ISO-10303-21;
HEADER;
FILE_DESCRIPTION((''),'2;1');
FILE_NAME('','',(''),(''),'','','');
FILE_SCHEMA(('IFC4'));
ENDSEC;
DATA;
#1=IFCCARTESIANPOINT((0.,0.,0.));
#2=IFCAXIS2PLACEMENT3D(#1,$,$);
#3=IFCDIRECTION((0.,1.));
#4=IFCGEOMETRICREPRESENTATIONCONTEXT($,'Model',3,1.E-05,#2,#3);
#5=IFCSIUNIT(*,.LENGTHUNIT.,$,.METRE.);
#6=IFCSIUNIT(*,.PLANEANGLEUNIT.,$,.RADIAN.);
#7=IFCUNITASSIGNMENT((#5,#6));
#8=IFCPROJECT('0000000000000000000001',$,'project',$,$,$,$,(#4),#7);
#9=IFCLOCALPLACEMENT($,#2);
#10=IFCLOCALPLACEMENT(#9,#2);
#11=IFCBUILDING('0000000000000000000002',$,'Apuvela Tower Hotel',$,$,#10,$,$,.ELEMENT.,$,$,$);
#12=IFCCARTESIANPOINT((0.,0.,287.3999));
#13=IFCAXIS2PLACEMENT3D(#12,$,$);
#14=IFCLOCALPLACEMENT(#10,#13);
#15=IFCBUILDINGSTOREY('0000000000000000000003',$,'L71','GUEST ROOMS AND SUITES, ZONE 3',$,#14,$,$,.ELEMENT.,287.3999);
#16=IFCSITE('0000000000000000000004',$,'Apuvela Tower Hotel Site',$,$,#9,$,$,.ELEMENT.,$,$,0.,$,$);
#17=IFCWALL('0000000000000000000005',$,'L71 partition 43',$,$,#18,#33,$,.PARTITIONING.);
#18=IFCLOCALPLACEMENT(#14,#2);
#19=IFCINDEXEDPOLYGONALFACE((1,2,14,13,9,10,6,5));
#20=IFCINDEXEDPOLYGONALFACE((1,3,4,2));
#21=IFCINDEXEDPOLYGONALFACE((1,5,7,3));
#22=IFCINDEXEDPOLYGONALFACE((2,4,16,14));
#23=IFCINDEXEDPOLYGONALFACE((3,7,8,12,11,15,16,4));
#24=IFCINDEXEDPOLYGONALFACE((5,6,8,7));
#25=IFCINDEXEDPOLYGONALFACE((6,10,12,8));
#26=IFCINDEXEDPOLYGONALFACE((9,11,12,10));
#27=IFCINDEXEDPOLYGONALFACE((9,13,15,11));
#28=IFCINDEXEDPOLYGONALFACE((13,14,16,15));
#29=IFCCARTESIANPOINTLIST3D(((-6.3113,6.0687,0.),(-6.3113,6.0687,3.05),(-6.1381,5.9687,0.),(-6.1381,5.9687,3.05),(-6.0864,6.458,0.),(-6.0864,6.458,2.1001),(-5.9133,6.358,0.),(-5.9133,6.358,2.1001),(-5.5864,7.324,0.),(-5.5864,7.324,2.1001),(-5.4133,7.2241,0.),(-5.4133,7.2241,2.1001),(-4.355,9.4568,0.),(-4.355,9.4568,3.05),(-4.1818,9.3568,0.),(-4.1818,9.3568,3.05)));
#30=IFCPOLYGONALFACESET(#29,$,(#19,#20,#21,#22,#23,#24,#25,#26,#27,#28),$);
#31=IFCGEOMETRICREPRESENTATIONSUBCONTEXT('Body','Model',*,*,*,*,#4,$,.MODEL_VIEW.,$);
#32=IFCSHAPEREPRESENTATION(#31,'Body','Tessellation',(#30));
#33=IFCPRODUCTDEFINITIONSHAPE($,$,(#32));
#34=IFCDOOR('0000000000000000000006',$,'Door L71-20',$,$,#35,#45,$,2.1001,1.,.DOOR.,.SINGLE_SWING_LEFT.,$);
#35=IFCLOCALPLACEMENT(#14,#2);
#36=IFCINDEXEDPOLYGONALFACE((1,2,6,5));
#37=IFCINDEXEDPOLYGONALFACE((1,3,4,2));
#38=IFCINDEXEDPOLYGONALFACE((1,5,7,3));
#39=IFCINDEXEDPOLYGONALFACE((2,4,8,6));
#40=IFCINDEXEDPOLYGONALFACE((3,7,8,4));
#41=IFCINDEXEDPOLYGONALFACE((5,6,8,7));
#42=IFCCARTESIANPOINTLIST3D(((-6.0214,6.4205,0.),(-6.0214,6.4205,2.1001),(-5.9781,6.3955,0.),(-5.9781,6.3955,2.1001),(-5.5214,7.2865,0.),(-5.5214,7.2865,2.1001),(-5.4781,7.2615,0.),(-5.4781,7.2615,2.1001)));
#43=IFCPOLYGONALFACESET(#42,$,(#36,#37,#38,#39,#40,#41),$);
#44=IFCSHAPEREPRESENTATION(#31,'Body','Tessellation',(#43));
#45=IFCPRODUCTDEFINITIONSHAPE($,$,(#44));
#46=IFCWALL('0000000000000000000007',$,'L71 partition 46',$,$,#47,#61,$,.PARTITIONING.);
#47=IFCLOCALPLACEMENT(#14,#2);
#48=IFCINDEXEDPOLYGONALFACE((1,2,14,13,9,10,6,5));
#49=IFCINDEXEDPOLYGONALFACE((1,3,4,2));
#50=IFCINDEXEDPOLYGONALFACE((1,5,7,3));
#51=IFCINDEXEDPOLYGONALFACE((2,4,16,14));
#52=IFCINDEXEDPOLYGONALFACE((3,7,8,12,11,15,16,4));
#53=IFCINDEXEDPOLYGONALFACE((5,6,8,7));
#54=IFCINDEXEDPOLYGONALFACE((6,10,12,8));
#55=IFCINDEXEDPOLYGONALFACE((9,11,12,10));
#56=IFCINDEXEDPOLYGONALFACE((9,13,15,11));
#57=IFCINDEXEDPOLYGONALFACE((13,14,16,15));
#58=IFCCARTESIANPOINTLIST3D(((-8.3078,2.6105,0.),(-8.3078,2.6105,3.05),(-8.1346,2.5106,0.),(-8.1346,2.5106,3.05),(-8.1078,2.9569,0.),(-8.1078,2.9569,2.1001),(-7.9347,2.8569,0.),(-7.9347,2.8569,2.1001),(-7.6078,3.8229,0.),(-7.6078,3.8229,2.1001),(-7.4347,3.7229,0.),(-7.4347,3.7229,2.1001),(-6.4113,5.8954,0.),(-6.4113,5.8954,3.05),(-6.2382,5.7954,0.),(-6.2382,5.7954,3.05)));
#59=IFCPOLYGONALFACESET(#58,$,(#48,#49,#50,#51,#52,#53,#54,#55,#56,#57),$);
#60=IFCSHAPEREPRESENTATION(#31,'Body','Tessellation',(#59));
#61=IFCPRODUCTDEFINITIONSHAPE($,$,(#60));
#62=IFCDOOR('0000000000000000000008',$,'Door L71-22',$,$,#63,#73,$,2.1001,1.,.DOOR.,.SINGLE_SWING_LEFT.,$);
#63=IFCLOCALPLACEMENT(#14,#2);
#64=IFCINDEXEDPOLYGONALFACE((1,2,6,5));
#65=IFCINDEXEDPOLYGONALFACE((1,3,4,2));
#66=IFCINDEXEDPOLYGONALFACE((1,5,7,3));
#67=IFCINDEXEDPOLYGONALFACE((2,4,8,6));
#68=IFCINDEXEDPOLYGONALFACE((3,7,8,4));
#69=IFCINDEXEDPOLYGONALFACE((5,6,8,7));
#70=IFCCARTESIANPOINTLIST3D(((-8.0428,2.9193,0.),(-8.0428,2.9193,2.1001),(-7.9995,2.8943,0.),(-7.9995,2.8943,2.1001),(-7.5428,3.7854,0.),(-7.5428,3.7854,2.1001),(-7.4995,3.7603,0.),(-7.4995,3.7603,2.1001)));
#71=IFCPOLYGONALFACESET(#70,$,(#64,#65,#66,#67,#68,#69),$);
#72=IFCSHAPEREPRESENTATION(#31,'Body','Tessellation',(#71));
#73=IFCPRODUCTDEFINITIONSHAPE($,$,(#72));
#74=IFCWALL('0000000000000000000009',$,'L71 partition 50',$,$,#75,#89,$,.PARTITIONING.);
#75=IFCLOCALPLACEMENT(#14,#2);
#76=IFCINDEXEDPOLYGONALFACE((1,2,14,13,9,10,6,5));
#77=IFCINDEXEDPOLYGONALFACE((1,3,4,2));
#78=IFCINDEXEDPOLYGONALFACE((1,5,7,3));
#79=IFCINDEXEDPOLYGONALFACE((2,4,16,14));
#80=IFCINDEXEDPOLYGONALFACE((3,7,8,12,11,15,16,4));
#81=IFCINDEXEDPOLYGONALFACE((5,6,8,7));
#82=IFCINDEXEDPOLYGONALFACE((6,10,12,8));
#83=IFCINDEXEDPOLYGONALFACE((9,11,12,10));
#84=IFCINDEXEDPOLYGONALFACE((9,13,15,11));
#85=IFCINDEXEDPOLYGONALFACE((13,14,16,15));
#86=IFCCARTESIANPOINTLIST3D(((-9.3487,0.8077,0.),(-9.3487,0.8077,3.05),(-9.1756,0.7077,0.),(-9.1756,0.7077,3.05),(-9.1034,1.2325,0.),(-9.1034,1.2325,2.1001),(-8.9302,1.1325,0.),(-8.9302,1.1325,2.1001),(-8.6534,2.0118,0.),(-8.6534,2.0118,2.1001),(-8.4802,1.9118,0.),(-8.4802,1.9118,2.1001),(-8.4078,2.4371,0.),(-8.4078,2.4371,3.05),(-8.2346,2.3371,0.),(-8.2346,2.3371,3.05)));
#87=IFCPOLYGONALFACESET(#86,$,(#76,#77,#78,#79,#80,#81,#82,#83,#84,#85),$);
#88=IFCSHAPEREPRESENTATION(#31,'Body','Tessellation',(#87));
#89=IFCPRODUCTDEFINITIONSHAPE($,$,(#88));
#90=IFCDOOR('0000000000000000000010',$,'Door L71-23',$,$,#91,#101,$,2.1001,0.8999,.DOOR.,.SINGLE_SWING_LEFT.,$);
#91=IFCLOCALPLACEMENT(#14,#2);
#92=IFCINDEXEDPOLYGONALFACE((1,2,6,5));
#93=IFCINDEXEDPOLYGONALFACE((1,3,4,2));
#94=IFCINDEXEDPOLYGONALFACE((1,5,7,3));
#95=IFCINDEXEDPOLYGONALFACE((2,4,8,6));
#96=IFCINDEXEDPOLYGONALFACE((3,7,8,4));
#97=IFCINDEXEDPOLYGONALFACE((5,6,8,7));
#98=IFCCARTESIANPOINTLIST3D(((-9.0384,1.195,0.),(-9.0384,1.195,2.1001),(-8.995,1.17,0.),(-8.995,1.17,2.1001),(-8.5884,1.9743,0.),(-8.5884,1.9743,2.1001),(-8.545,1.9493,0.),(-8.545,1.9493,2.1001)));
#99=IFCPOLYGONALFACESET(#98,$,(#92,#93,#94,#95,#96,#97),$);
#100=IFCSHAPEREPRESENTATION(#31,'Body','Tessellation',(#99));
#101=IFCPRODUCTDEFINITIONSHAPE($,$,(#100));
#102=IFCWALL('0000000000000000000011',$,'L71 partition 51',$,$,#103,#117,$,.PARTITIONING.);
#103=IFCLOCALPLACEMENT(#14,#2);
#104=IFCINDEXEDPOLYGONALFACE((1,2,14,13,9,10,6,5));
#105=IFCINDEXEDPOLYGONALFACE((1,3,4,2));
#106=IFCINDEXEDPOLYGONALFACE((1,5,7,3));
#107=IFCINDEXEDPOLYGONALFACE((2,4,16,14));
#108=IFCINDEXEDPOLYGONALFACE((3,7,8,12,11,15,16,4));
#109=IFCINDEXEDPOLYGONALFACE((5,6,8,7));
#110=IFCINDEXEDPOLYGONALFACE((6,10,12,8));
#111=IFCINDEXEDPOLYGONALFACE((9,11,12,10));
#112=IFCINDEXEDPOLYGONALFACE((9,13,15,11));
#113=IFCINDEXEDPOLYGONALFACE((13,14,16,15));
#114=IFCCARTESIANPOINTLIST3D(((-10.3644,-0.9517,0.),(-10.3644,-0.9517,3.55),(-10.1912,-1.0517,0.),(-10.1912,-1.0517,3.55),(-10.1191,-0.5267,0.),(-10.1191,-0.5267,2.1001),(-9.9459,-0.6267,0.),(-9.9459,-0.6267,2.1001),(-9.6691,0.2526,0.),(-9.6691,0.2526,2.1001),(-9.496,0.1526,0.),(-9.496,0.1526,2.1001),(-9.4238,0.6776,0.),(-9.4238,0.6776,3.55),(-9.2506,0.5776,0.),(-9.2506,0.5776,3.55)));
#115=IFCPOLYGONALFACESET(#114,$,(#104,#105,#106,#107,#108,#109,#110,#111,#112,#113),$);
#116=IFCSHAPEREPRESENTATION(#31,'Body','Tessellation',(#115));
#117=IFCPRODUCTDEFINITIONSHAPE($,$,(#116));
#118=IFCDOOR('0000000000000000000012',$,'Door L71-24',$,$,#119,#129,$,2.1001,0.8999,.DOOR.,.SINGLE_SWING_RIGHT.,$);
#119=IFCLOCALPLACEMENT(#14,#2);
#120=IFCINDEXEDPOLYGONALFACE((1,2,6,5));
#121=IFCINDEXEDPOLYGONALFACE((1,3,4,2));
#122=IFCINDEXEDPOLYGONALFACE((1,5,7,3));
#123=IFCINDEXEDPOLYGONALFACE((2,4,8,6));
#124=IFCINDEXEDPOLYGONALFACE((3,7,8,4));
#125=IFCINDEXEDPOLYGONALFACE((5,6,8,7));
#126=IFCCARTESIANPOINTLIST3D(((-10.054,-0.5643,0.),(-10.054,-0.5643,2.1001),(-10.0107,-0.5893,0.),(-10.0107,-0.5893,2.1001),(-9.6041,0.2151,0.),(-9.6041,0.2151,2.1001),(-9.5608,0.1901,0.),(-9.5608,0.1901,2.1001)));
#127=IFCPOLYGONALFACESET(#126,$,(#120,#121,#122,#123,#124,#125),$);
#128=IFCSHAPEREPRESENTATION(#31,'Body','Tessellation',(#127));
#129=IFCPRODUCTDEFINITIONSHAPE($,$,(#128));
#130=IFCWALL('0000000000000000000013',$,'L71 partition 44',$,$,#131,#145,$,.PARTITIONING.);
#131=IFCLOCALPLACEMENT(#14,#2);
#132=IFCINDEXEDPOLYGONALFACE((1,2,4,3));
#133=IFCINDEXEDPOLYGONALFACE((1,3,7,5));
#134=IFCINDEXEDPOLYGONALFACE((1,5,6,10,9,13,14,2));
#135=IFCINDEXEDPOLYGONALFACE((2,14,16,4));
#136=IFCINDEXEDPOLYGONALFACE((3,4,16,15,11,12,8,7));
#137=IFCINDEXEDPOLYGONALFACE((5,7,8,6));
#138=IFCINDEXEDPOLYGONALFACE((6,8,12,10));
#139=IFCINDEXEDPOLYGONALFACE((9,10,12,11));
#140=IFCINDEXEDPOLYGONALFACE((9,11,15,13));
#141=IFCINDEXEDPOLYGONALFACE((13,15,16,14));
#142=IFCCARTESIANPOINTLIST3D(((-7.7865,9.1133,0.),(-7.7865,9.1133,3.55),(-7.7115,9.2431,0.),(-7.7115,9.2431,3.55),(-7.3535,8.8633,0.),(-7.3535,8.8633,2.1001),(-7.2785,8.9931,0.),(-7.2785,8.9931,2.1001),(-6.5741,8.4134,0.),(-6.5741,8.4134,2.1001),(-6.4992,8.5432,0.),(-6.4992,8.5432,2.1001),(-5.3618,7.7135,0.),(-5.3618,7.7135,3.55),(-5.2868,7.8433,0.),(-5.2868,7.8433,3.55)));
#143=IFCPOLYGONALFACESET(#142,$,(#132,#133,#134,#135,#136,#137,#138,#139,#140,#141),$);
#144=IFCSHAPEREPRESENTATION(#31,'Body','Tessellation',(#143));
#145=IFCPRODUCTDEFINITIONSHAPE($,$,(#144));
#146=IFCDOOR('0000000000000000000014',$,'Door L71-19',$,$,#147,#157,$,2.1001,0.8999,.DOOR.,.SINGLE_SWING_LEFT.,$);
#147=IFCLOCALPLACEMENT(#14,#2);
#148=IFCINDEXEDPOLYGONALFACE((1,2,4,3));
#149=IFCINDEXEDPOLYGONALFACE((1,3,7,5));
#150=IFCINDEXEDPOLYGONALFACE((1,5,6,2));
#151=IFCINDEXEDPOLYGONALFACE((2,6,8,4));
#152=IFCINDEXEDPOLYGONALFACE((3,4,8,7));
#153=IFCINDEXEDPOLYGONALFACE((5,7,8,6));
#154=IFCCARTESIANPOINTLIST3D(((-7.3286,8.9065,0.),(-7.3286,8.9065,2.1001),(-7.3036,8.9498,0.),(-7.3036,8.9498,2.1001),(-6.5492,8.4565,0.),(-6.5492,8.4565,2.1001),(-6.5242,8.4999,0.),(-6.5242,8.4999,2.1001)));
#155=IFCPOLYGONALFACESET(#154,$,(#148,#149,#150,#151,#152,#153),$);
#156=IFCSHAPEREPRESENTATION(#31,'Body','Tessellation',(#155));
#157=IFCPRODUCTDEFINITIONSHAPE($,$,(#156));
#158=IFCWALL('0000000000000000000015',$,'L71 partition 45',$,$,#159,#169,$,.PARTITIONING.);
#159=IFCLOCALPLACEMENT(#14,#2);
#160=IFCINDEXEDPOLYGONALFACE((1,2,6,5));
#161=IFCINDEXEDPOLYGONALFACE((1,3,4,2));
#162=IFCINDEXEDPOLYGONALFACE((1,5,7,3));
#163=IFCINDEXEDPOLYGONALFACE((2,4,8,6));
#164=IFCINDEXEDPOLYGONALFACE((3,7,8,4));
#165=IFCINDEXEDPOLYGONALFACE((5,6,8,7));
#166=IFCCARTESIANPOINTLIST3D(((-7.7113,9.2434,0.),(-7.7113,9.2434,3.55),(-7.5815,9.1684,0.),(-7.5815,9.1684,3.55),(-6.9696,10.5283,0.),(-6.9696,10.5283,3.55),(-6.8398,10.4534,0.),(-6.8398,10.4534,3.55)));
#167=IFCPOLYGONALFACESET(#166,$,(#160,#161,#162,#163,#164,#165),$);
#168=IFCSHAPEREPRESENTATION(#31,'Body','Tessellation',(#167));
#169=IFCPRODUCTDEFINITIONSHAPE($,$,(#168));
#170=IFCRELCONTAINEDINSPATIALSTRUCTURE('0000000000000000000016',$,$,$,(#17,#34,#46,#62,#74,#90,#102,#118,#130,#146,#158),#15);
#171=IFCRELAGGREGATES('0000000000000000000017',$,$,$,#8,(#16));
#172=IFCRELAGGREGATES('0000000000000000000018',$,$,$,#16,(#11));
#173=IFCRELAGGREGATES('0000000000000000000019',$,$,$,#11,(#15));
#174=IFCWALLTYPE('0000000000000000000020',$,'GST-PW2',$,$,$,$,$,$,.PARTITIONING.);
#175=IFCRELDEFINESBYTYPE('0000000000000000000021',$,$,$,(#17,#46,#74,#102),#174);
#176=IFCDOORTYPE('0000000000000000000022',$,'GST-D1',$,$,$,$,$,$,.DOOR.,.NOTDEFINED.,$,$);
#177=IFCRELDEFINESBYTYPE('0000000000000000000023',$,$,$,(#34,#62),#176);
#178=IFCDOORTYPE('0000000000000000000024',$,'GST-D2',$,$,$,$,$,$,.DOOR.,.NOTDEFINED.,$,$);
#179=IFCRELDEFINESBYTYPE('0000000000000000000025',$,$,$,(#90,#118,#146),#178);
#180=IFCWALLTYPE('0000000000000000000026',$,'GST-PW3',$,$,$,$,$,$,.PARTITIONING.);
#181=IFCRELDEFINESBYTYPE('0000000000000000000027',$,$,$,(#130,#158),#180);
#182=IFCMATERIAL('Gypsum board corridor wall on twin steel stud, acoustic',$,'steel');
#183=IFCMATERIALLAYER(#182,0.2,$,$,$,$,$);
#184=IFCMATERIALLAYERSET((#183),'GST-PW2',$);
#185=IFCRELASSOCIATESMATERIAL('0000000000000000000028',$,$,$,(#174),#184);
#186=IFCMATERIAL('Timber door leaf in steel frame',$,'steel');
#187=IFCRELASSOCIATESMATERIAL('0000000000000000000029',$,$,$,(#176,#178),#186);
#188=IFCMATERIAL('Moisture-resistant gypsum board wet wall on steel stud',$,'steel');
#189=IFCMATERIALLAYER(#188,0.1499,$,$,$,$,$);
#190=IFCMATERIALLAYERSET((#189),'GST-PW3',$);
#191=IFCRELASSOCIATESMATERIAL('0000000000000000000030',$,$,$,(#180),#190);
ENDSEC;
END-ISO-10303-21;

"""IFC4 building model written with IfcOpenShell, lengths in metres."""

from ifc_helpers import new_model, si_unit, direction, frame, frame_2d, origin, place, context, subcontext, project, spatial, rectangle, extrude, material, layer, layer_set, type_object, element, fill, save


model = new_model("IFC4")

# Units and contexts
model_context = context("Model", 3, precision=1e-05, world=origin(), true_north=direction((0.0, 1.0)))
body_context = subcontext(model_context, "Body", "Model", "MODEL_VIEW")
ifc_project = project(units=[si_unit("LENGTHUNIT", "METRE"), si_unit("PLANEANGLEUNIT", "RADIAN")], contexts=[model_context])

# Site, building, storey
site_placement = place(None, origin())
site = spatial("IfcSite", under=ifc_project, at=site_placement, Name="Apuvela Tower Hotel Site", CompositionType="ELEMENT", RefElevation=0.0)
building_placement = place(site_placement, origin())
building = spatial("IfcBuilding", under=site, at=building_placement, Name="Apuvela Tower Hotel", CompositionType="ELEMENT")
storey_placement = place(building_placement, frame((0.0, 0.0, 287.3999)))
storey = spatial("IfcBuildingStorey", under=building, at=storey_placement, Name="L71", Description="GUEST ROOMS AND SUITES, ZONE 3", CompositionType="ELEMENT", Elevation=287.3999)

# Walls, openings, doors
ifc_material_1 = material(Name="Gypsum board corridor wall on twin steel stud, acoustic", Category="steel")
ifc_layer_1 = layer(ifc_material_1, 0.2)
ifc_layer_set_1 = layer_set([ifc_layer_1], Name="GST-PW2")
wall_type_1 = type_object("IfcWallType", Name="GST-PW2", PredefinedType="PARTITIONING", material=ifc_layer_set_1)
ifc_material_2 = material(Name="Timber door leaf in steel frame", Category="steel")
door_type_1 = type_object("IfcDoorType", Name="GST-D1", OperationType="NOTDEFINED", PredefinedType="DOOR", material=ifc_material_2)
wall_1_placement = place(storey_placement, frame((-6.2246, 6.0188, 0.0), z_axis=(0.0, 0.0, 1.0), x_axis=(0.500025, 0.866011, 0.0)))
wall_1 = element("IfcWall", 1, at=wall_1_placement, inside=storey, type_object=wall_type_1, Name="L71 partition 43", PredefinedType="PARTITIONING", context=body_context, shape_type="SweptSolid", body=[
    extrude(rectangle(XDim=3.9124, YDim=0.2, at=frame_2d((1.9561, 0.0))), origin(), (0.0, 0.0, 1.0), 3.05),
])
opening_1_placement = place(wall_1_placement, frame((0.4495, 0.0, 0.0)))
opening_1 = element("IfcOpeningElement", 2, at=opening_1_placement, cuts=wall_1, PredefinedType="OPENING", context=body_context, shape_type="SweptSolid", body=[
    extrude(rectangle(XDim=1.0, YDim=2.1001, at=frame_2d((0.5, 1.05))), frame((0.0, 0.1099, 0.0), z_axis=(0.0, -1.0, 0.0), x_axis=(1.0, 0.0, 0.0)), (0.0, 0.0, 1.0), 0.22),
])
door_1_placement = place(opening_1_placement, origin())
door_1 = element("IfcDoor", 3, at=door_1_placement, inside=storey, type_object=door_type_1, Name="Door L71-20", OperationType="SINGLE_SWING_LEFT", OverallHeight=2.1001, OverallWidth=1.0, PredefinedType="DOOR", context=body_context, shape_type="SweptSolid", body=[
    extrude(rectangle(XDim=1.0, YDim=2.1001, at=frame_2d((0.5, 1.05))), frame((0.0, 0.0249, 0.0), z_axis=(0.0, -1.0, 0.0), x_axis=(1.0, 0.0, 0.0)), (0.0, 0.0, 1.0), 0.05),
])
fill(opening_1, door_1)
wall_2_placement = place(storey_placement, frame((-8.2212, 2.5605, 0.0), z_axis=(0.0, 0.0, 1.0), x_axis=(0.499988, 0.866032, 0.0)))
wall_2 = element("IfcWall", 4, at=wall_2_placement, inside=storey, type_object=wall_type_1, Name="L71 partition 46", PredefinedType="PARTITIONING", context=body_context, shape_type="SweptSolid", body=[
    extrude(rectangle(XDim=3.793, YDim=0.2, at=frame_2d((1.8965, 0.0))), origin(), (0.0, 0.0, 1.0), 3.05),
])
opening_2_placement = place(wall_2_placement, frame((0.3999, 0.0, 0.0)))
opening_2 = element("IfcOpeningElement", 5, at=opening_2_placement, cuts=wall_2, PredefinedType="OPENING", context=body_context, shape_type="SweptSolid", body=[
    extrude(rectangle(XDim=1.0, YDim=2.1001, at=frame_2d((0.5, 1.05))), frame((0.0, 0.1099, 0.0), z_axis=(0.0, -1.0, 0.0), x_axis=(1.0, 0.0, 0.0)), (0.0, 0.0, 1.0), 0.22),
])
door_2_placement = place(opening_2_placement, origin())
door_2 = element("IfcDoor", 6, at=door_2_placement, inside=storey, type_object=door_type_1, Name="Door L71-22", OperationType="SINGLE_SWING_LEFT", OverallHeight=2.1001, OverallWidth=1.0, PredefinedType="DOOR", context=body_context, shape_type="SweptSolid", body=[
    extrude(rectangle(XDim=1.0, YDim=2.1001, at=frame_2d((0.5, 1.05))), frame((0.0, 0.0249, 0.0), z_axis=(0.0, -1.0, 0.0), x_axis=(1.0, 0.0, 0.0)), (0.0, 0.0, 1.0), 0.05),
])
fill(opening_2, door_2)
wall_3_placement = place(storey_placement, frame((-9.2622, 0.7576, 0.0), z_axis=(0.0, 0.0, 1.0), x_axis=(0.500074, 0.865982, 0.0)))
wall_3 = element("IfcWall", 7, at=wall_3_placement, inside=storey, type_object=wall_type_1, Name="L71 partition 50", PredefinedType="PARTITIONING", context=body_context, shape_type="SweptSolid", body=[
    extrude(rectangle(XDim=1.8816, YDim=0.2, at=frame_2d((0.9409, 0.0))), origin(), (0.0, 0.0, 1.0), 3.05),
])
opening_3_placement = place(wall_3_placement, frame((0.4907, 0.0, 0.0)))
opening_3 = element("IfcOpeningElement", 8, at=opening_3_placement, cuts=wall_3, PredefinedType="OPENING", context=body_context, shape_type="SweptSolid", body=[
    extrude(rectangle(XDim=0.8999, YDim=2.1001, at=frame_2d((0.45, 1.05))), frame((0.0, 0.1099, 0.0), z_axis=(0.0, -1.0, 0.0), x_axis=(1.0, 0.0, 0.0)), (0.0, 0.0, 1.0), 0.22),
])
door_type_2 = type_object("IfcDoorType", Name="GST-D2", OperationType="NOTDEFINED", PredefinedType="DOOR", material=ifc_material_2)
door_3_placement = place(opening_3_placement, origin())
door_3 = element("IfcDoor", 9, at=door_3_placement, inside=storey, type_object=door_type_2, Name="Door L71-23", OperationType="SINGLE_SWING_LEFT", OverallHeight=2.1001, OverallWidth=0.8999, PredefinedType="DOOR", context=body_context, shape_type="SweptSolid", body=[
    extrude(rectangle(XDim=0.8999, YDim=2.1001, at=frame_2d((0.45, 1.05))), frame((0.0, 0.0249, 0.0), z_axis=(0.0, -1.0, 0.0), x_axis=(1.0, 0.0, 0.0)), (0.0, 0.0, 1.0), 0.05),
])
fill(opening_3, door_3)
wall_4_placement = place(storey_placement, frame((-10.2778, -1.0017, 0.0), z_axis=(0.0, 0.0, 1.0), x_axis=(0.499977, 0.866039, 0.0)))
wall_4 = element("IfcWall", 10, at=wall_4_placement, inside=storey, type_object=wall_type_1, Name="L71 partition 51", PredefinedType="PARTITIONING", context=body_context, shape_type="SweptSolid", body=[
    extrude(rectangle(XDim=1.8813, YDim=0.2, at=frame_2d((0.9407, 0.0))), origin(), (0.0, 0.0, 1.0), 3.55),
])
opening_4_placement = place(wall_4_placement, frame((0.4907, 0.0, 0.0)))
opening_4 = element("IfcOpeningElement", 11, at=opening_4_placement, cuts=wall_4, PredefinedType="OPENING", context=body_context, shape_type="SweptSolid", body=[
    extrude(rectangle(XDim=0.8999, YDim=2.1001, at=frame_2d((0.45, 1.05))), frame((0.0, 0.1099, 0.0), z_axis=(0.0, -1.0, 0.0), x_axis=(1.0, 0.0, 0.0)), (0.0, 0.0, 1.0), 0.22),
])
door_4_placement = place(opening_4_placement, origin())
door_4 = element("IfcDoor", 12, at=door_4_placement, inside=storey, type_object=door_type_2, Name="Door L71-24", OperationType="SINGLE_SWING_RIGHT", OverallHeight=2.1001, OverallWidth=0.8999, PredefinedType="DOOR", context=body_context, shape_type="SweptSolid", body=[
    extrude(rectangle(XDim=0.8999, YDim=2.1001, at=frame_2d((0.45, 1.05))), frame((0.0, 0.0249, 0.0), z_axis=(0.0, -1.0, 0.0), x_axis=(1.0, 0.0, 0.0)), (0.0, 0.0, 1.0), 0.05),
])
fill(opening_4, door_4)
ifc_material_3 = material(Name="Moisture-resistant gypsum board wet wall on steel stud", Category="steel")
ifc_layer_2 = layer(ifc_material_3, 0.1499)
ifc_layer_set_2 = layer_set([ifc_layer_2], Name="GST-PW3")
wall_type_2 = type_object("IfcWallType", Name="GST-PW3", PredefinedType="PARTITIONING", material=ifc_layer_set_2)
wall_5_placement = place(storey_placement, frame((-7.749, 9.1782, 0.0), z_axis=(0.0, 0.0, 1.0), x_axis=(0.866035, -0.499984, 0.0)))
wall_5 = element("IfcWall", 13, at=wall_5_placement, inside=storey, type_object=wall_type_2, Name="L71 partition 44", PredefinedType="PARTITIONING", context=body_context, shape_type="SweptSolid", body=[
    extrude(rectangle(XDim=2.7998, YDim=0.1499, at=frame_2d((1.3999, 0.0))), origin(), (0.0, 0.0, 1.0), 3.55),
])
opening_5_placement = place(wall_5_placement, frame((0.5, 0.0, 0.0)))
opening_5 = element("IfcOpeningElement", 14, at=opening_5_placement, cuts=wall_5, PredefinedType="OPENING", context=body_context, shape_type="SweptSolid", body=[
    extrude(rectangle(XDim=0.8999, YDim=2.1001, at=frame_2d((0.45, 1.05))), frame((0.0, 0.085, 0.0), z_axis=(0.0, -1.0, 0.0), x_axis=(1.0, 0.0, 0.0)), (0.0, 0.0, 1.0), 0.1699),
])
door_5_placement = place(opening_5_placement, origin())
door_5 = element("IfcDoor", 15, at=door_5_placement, inside=storey, type_object=door_type_2, Name="Door L71-19", OperationType="SINGLE_SWING_LEFT", OverallHeight=2.1001, OverallWidth=0.8999, PredefinedType="DOOR", context=body_context, shape_type="SweptSolid", body=[
    extrude(rectangle(XDim=0.8999, YDim=2.1001, at=frame_2d((0.45, 1.05))), frame((0.0, 0.0249, 0.0), z_axis=(0.0, -1.0, 0.0), x_axis=(1.0, 0.0, 0.0)), (0.0, 0.0, 1.0), 0.05),
])
fill(opening_5, door_5)

# Wall
wall_6_placement = place(storey_placement, frame((-6.9048, 10.4907, 0.0), z_axis=(0.0, 0.0, 1.0), x_axis=(-0.499927, -0.866068, 0.0)))
element("IfcWall", 16, at=wall_6_placement, inside=storey, type_object=wall_type_2, Name="L71 partition 45", PredefinedType="PARTITIONING", context=body_context, shape_type="SweptSolid", body=[
    extrude(rectangle(XDim=1.4836, YDim=0.1499, at=frame_2d((0.7417, 0.0))), origin(), (0.0, 0.0, 1.0), 3.55),
])

save(model, "model.ifc")
